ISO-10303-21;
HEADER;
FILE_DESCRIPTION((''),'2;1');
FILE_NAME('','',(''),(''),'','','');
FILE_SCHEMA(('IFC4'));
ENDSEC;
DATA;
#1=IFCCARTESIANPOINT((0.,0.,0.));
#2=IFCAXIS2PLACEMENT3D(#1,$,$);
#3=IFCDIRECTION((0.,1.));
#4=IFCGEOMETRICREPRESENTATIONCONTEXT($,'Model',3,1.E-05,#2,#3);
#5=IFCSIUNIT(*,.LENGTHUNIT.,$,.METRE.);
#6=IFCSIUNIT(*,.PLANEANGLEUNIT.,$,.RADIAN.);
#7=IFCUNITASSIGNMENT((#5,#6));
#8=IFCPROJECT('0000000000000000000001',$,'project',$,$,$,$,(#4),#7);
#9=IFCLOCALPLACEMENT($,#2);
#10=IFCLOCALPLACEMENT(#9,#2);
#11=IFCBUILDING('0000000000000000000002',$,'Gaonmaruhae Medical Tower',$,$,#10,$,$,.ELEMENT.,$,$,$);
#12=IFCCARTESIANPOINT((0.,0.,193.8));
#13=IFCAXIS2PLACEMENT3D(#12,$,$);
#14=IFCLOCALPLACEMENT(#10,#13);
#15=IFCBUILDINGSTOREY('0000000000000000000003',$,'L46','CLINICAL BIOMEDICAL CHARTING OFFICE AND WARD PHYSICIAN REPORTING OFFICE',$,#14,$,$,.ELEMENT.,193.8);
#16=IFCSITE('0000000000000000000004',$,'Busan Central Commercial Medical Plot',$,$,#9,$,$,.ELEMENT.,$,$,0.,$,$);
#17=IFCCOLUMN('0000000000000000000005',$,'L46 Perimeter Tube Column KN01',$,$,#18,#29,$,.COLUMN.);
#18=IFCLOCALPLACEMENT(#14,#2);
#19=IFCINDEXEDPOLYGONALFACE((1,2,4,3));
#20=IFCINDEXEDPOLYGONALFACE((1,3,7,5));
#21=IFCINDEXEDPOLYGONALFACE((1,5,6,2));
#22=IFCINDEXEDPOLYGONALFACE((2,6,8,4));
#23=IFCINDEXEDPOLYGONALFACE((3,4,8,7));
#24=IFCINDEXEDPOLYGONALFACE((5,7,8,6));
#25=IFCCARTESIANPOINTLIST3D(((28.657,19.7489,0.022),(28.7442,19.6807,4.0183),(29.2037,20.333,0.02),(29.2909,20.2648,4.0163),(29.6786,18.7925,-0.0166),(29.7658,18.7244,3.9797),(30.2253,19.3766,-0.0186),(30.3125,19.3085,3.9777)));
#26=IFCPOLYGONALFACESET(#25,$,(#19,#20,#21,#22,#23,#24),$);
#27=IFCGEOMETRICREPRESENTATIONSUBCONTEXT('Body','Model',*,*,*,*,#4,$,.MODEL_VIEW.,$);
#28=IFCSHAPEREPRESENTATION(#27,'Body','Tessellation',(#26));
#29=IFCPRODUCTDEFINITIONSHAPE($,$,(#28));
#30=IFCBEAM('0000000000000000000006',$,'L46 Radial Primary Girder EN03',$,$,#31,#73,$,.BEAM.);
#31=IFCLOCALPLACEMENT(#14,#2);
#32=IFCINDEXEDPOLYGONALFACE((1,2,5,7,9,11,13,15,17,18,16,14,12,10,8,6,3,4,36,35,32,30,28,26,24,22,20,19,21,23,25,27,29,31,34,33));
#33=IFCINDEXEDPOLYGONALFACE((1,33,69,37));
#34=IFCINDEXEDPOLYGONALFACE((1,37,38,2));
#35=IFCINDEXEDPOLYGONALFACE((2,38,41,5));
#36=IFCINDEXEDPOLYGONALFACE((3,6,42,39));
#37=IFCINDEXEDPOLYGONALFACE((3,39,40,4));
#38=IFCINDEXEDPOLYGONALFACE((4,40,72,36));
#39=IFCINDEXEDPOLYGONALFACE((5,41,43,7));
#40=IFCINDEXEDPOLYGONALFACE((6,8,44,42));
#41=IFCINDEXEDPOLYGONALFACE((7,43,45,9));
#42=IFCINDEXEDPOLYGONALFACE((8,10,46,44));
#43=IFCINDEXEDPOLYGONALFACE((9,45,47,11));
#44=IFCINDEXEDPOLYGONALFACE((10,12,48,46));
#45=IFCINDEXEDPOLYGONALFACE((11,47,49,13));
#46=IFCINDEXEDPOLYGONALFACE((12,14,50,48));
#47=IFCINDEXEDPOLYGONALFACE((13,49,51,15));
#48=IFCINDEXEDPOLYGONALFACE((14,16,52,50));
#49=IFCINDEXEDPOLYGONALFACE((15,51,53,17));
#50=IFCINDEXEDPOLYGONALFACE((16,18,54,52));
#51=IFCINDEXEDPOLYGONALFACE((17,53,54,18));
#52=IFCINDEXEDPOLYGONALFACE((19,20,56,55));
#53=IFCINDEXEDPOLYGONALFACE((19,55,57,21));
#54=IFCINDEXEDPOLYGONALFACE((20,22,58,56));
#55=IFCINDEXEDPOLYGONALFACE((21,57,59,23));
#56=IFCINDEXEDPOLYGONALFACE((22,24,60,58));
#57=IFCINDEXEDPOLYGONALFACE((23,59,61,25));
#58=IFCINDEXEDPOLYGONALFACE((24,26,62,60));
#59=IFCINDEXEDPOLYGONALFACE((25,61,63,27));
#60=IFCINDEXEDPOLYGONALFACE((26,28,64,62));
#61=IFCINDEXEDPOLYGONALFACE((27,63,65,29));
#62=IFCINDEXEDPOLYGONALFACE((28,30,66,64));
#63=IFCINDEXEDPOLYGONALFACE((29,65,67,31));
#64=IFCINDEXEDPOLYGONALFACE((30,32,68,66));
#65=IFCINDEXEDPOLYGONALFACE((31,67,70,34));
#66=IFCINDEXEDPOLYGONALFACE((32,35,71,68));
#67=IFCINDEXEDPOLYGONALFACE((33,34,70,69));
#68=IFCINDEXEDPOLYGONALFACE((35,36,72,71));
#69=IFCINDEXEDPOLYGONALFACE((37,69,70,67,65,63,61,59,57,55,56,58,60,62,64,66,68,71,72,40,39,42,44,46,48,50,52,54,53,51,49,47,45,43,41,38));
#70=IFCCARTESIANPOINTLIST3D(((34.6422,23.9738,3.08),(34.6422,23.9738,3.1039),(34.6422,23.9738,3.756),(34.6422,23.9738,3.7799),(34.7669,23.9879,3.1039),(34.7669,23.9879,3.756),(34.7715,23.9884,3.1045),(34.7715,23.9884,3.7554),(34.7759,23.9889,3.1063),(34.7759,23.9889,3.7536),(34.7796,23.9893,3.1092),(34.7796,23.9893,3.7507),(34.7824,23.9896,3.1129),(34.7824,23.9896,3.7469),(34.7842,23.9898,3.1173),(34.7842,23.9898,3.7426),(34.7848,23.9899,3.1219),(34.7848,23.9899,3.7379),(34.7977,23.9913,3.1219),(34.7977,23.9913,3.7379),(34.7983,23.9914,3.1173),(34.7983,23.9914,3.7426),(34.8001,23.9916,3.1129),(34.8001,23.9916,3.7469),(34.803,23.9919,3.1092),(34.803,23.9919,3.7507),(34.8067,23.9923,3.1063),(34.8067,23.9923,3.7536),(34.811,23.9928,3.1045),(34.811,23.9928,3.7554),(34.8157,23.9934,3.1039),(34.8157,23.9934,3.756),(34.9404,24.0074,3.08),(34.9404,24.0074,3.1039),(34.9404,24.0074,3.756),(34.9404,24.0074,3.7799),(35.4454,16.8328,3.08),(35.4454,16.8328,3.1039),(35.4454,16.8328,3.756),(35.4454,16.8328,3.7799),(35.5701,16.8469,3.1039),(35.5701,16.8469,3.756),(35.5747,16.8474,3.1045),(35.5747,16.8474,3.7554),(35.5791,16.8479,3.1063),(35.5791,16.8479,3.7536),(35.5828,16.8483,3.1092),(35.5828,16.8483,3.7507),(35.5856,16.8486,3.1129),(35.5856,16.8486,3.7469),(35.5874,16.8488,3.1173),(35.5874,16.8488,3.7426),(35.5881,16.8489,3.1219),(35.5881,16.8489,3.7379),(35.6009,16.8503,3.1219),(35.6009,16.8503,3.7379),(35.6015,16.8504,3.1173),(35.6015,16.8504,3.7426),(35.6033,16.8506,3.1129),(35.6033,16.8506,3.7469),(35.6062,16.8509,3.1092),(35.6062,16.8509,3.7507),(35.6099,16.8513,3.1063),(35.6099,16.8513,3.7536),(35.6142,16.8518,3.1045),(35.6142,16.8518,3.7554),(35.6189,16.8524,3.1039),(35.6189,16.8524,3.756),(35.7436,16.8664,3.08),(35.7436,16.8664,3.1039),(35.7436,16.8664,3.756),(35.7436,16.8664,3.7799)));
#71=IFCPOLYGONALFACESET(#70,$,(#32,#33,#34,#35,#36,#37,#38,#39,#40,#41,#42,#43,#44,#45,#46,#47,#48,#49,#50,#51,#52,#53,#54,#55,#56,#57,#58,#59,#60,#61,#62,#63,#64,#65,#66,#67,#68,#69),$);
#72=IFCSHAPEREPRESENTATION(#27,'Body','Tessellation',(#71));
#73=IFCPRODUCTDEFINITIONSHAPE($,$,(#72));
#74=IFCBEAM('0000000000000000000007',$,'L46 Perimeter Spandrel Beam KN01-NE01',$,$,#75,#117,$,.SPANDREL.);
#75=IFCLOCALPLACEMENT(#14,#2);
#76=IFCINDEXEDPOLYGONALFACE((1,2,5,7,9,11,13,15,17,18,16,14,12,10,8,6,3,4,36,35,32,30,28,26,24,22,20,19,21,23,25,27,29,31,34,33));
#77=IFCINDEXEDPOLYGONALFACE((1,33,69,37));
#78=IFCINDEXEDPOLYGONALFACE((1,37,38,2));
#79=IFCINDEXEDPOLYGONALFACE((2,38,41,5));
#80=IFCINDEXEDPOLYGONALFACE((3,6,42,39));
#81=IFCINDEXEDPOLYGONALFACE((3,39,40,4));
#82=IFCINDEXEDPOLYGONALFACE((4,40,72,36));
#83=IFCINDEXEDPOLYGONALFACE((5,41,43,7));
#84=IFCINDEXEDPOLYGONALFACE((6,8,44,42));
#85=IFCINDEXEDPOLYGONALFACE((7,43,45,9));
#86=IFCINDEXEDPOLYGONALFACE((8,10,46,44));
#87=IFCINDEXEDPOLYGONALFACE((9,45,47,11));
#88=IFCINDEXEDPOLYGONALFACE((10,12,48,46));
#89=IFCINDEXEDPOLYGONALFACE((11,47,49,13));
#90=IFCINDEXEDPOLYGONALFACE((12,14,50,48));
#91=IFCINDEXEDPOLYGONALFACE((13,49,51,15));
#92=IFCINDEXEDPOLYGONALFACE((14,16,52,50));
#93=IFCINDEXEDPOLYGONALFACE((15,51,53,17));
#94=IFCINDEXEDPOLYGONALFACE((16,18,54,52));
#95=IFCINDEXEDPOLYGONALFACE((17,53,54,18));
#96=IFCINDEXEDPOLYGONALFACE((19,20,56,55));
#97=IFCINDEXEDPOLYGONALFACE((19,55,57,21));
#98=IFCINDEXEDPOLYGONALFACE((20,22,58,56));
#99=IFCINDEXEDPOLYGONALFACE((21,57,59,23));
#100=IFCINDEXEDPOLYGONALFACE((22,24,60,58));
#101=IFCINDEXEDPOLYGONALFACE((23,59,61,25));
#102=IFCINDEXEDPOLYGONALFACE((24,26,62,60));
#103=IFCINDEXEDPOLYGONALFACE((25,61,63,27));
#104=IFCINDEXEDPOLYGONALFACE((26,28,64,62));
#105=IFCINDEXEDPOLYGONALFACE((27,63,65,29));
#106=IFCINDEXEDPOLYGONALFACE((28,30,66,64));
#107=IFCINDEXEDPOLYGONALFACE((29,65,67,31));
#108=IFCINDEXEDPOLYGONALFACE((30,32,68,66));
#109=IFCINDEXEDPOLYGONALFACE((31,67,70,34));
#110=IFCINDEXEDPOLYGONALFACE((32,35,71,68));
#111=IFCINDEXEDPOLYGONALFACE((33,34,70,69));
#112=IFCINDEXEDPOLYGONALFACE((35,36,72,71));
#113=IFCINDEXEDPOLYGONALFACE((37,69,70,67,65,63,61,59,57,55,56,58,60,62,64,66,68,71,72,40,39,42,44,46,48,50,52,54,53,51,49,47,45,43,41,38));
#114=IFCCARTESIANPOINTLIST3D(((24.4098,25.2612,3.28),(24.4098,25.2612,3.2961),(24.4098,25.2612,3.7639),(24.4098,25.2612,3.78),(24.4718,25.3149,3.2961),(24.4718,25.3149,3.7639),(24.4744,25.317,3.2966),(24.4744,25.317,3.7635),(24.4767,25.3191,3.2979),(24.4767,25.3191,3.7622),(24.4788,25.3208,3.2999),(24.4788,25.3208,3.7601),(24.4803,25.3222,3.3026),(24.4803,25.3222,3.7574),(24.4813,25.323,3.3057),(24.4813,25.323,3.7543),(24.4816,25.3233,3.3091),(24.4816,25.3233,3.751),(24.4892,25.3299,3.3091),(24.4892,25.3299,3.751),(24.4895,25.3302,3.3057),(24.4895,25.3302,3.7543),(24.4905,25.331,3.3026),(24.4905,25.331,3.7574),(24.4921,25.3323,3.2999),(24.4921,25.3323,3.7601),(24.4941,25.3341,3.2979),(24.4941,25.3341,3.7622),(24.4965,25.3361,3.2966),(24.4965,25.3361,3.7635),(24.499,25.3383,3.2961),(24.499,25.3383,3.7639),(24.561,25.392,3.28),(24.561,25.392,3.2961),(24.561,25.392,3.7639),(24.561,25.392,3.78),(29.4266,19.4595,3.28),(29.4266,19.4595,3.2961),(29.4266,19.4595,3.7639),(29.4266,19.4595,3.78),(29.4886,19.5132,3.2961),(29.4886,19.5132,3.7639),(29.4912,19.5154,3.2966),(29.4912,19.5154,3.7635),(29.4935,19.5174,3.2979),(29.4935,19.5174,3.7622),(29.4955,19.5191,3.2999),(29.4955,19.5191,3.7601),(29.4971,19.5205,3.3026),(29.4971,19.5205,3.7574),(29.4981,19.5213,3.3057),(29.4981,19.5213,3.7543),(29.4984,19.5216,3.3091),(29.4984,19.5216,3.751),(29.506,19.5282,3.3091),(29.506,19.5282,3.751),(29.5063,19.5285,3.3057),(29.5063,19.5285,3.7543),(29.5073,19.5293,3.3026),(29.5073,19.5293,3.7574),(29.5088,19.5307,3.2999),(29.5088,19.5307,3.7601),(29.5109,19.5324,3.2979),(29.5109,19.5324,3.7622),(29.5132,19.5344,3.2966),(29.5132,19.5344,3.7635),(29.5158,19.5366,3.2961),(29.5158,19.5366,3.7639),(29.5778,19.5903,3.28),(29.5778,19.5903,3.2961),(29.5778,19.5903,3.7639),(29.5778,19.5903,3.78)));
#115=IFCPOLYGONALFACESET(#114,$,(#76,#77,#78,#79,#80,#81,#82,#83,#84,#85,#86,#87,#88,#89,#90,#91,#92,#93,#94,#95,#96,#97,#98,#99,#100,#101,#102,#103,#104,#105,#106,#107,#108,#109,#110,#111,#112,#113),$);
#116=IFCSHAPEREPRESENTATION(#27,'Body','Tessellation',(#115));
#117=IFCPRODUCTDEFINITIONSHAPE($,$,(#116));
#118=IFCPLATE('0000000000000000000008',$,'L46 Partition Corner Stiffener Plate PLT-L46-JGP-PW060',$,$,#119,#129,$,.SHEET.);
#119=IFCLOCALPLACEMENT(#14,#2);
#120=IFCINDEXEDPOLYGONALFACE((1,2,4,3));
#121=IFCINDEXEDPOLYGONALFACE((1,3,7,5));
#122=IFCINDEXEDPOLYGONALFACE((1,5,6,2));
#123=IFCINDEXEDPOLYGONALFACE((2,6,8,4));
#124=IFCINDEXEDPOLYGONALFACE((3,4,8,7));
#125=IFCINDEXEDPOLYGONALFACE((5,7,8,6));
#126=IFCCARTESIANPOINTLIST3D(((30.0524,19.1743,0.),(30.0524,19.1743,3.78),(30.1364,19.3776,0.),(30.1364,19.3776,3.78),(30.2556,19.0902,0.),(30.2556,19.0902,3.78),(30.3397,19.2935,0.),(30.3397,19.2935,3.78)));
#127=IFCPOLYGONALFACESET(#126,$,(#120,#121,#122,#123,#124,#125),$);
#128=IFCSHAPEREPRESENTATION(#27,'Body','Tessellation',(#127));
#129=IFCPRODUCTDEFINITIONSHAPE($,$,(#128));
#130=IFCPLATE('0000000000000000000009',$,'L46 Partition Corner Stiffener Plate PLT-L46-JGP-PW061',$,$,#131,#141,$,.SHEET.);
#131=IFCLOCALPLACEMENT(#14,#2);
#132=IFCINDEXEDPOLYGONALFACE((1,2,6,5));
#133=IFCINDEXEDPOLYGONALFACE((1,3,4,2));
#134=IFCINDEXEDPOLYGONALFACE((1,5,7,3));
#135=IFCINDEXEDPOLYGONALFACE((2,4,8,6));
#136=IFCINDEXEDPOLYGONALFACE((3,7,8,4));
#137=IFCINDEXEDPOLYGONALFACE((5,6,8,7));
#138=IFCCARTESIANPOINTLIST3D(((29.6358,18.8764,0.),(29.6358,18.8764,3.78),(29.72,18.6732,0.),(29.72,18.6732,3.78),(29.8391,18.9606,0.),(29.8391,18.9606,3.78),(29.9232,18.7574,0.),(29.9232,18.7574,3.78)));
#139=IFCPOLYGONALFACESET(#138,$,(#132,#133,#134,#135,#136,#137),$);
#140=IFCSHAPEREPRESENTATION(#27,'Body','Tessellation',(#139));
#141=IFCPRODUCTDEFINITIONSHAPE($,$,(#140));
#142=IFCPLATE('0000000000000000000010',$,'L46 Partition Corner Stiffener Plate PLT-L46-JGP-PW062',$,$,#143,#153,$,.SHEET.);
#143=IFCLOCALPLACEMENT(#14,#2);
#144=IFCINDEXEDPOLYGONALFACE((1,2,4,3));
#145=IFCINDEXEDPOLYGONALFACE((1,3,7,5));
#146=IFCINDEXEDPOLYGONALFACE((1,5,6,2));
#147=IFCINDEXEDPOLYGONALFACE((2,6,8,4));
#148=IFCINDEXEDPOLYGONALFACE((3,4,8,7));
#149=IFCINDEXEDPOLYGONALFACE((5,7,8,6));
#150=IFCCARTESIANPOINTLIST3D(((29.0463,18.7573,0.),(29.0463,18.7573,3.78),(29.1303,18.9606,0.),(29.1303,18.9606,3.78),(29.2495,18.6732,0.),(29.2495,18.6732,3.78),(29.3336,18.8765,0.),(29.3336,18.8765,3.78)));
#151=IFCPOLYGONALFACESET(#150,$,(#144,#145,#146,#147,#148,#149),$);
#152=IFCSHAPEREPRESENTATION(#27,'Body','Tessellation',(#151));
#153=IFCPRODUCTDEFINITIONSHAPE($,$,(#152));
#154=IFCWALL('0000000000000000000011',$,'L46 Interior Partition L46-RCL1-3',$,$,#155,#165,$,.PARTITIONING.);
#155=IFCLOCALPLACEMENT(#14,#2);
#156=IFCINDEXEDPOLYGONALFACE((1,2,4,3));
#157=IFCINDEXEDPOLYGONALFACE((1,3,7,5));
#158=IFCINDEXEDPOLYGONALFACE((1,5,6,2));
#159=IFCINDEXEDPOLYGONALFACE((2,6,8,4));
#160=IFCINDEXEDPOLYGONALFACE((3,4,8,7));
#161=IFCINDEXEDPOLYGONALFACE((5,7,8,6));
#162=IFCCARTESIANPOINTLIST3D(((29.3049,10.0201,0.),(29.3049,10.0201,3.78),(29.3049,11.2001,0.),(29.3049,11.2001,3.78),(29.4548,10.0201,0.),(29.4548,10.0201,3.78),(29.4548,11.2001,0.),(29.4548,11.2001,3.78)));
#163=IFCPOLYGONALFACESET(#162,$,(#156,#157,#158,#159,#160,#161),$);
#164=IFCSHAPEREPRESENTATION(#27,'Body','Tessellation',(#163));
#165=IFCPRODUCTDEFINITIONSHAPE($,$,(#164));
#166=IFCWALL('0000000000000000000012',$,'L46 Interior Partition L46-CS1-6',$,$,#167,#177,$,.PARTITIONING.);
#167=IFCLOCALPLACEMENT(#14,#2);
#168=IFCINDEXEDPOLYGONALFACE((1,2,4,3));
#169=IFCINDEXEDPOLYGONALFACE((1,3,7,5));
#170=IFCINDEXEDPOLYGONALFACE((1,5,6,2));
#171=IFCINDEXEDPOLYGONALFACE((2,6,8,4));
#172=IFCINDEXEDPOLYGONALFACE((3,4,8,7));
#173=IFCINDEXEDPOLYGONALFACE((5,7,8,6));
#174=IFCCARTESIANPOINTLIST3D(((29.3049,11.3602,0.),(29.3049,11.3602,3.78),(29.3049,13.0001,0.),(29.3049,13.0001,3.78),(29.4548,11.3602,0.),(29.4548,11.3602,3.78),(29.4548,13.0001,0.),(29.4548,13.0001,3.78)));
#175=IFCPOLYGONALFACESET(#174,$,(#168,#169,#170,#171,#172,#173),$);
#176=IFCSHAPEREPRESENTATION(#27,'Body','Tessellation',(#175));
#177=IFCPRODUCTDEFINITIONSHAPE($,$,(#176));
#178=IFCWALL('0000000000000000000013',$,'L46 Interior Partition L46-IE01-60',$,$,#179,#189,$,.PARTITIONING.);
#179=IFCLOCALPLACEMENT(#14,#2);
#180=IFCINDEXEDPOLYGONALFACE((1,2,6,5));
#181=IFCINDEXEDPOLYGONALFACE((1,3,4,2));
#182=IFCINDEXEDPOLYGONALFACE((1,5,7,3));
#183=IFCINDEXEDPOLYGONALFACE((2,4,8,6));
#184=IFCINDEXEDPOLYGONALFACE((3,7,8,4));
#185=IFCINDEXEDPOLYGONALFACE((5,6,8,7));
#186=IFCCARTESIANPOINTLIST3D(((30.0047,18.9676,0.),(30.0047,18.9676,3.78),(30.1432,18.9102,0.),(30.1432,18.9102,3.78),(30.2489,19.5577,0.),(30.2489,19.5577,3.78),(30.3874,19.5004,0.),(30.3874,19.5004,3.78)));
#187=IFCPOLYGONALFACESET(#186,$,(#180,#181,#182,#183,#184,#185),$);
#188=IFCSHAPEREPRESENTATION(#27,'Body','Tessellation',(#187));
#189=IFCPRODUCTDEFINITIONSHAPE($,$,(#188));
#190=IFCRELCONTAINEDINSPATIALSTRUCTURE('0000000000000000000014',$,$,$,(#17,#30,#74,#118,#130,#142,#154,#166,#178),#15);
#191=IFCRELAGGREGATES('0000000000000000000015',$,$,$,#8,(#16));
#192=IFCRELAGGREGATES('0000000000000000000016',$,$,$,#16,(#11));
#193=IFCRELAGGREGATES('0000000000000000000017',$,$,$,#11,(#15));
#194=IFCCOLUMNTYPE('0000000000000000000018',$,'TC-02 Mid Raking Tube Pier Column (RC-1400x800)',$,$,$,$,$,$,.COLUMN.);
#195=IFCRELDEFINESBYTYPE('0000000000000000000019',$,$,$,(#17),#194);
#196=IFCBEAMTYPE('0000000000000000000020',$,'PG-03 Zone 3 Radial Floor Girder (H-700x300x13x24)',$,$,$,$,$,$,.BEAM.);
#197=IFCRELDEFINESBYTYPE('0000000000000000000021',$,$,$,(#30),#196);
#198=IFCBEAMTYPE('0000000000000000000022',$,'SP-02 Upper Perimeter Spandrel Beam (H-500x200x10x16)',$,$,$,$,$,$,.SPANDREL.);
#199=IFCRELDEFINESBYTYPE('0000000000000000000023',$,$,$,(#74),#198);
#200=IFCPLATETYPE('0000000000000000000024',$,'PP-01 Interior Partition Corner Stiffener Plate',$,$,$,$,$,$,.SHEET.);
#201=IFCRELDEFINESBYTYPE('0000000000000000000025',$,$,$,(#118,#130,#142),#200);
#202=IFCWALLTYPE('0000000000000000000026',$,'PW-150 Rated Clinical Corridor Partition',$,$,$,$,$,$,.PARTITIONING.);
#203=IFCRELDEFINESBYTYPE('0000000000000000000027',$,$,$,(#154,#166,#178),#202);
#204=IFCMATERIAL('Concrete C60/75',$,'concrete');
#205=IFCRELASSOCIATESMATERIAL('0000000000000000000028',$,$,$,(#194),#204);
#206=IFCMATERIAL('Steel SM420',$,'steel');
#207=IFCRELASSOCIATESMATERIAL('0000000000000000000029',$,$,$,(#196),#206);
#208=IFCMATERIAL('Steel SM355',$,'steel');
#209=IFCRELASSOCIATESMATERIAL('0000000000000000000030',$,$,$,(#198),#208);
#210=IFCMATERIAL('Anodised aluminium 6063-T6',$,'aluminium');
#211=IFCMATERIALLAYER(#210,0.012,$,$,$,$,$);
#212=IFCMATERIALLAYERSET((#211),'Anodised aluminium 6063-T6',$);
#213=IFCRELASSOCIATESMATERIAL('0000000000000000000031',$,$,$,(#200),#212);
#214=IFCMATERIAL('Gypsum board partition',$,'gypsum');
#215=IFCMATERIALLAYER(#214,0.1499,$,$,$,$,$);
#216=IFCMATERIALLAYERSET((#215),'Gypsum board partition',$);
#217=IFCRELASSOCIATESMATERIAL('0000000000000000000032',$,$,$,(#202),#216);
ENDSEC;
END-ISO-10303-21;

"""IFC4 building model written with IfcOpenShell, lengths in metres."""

from ifc_helpers import new_model, si_unit, direction, frame, frame_2d, origin, origin_2d, place, context, subcontext, project, spatial, rectangle, i_section, extrude, material, layer, layer_set, material_profile, profile_set, type_object, element, save


model = new_model("IFC4")

# Units and contexts
model_context = context("Model", 3, precision=1e-05, world=origin(), true_north=direction((0.0, 1.0)))
body_context = subcontext(model_context, "Body", "Model", "MODEL_VIEW")
ifc_project = project(units=[si_unit("LENGTHUNIT", "METRE"), si_unit("PLANEANGLEUNIT", "RADIAN")], contexts=[model_context])

# Site, building, storey
site_placement = place(None, origin())
site = spatial("IfcSite", under=ifc_project, at=site_placement, Name="Busan Central Commercial Medical Plot", CompositionType="ELEMENT", RefElevation=0.0)
building_placement = place(site_placement, origin())
building = spatial("IfcBuilding", under=site, at=building_placement, Name="Gaonmaruhae Medical Tower", CompositionType="ELEMENT")
storey_placement = place(building_placement, frame((0.0, 0.0, 193.8)))
storey = spatial("IfcBuildingStorey", under=building, at=storey_placement, Name="L46", Description="CLINICAL BIOMEDICAL CHARTING OFFICE AND WARD PHYSICIAN REPORTING OFFICE", CompositionType="ELEMENT", Elevation=193.8)

# Column
ifc_material_1 = material(Name="Concrete C60/75", Category="concrete")
ifc_material_profile_1 = material_profile(ifc_material_1, rectangle(XDim=1.3999, YDim=0.8, at=origin_2d()), Name="RC-1400x800")
ifc_profile_set_1 = profile_set([ifc_material_profile_1], Name="Concrete C60/75")
column_type = type_object("IfcColumnType", Name="TC-02 Mid Raking Tube Pier Column (RC-1400x800)", PredefinedType="COLUMN", material=ifc_profile_set_1)
column_placement = place(storey_placement, frame((29.4412, 19.5627, 0.0017), z_axis=(0.021801, -0.017038, 0.999617), x_axis=(-0.729766, 0.683142, 0.02756)))
element("IfcColumn", 1, at=column_placement, inside=storey, type_object=column_type, Name="L46 Perimeter Tube Column KN01", PredefinedType="COLUMN", context=body_context, shape_type="SweptSolid", body=[
    extrude(rectangle(XDim=1.3999, YDim=0.8, at=origin_2d()), origin(), (0.0, 0.0, 1.0), 3.9978),
])

# Beams
ifc_material_2 = material(Name="Steel SM420", Category="steel")
ifc_material_profile_2 = material_profile(ifc_material_2, i_section(OverallWidth=0.3, OverallDepth=0.7, WebThickness=0.0129, FlangeThickness=0.0239, FilletRadius=0.0181, at=origin_2d()), Name="H-700x300x13x24")
ifc_profile_set_2 = profile_set([ifc_material_profile_2], Name="Steel SM420")
beam_type_1 = type_object("IfcBeamType", Name="PG-03 Zone 3 Radial Floor Girder (H-700x300x13x24)", PredefinedType="BEAM", material=ifc_profile_set_2)
beam_1_placement = place(storey_placement, frame((35.5945, 16.8496, 3.4299), z_axis=(-0.111774, 0.993734, 0.0), x_axis=(-0.993734, -0.111774, 0.0)))
element("IfcBeam", 2, at=beam_1_placement, inside=storey, type_object=beam_type_1, Name="L46 Radial Primary Girder EN03", PredefinedType="BEAM", context=body_context, shape_type="SweptSolid", body=[
    extrude(i_section(OverallWidth=0.3, OverallDepth=0.7, WebThickness=0.0129, FlangeThickness=0.0239, FilletRadius=0.0181, at=origin_2d()), origin(), (0.0, 0.0, 1.0), 7.186),
])
ifc_material_3 = material(Name="Steel SM355", Category="steel")
ifc_material_profile_3 = material_profile(ifc_material_3, i_section(OverallWidth=0.2, OverallDepth=0.5, WebThickness=0.01, FlangeThickness=0.0161, FilletRadius=0.0129, at=origin_2d()), Name="H-500x200x10x16")
ifc_profile_set_3 = profile_set([ifc_material_profile_3], Name="Steel SM355")
beam_type_2 = type_object("IfcBeamType", Name="SP-02 Upper Perimeter Spandrel Beam (H-500x200x10x16)", PredefinedType="SPANDREL", material=ifc_profile_set_3)
beam_2_placement = place(storey_placement, frame((29.5022, 19.5249, 3.53), z_axis=(-0.654085, 0.756421, 0.0), x_axis=(-0.756421, -0.654085, 0.0)))
element("IfcBeam", 3, at=beam_2_placement, inside=storey, type_object=beam_type_2, Name="L46 Perimeter Spandrel Beam KN01-NE01", PredefinedType="SPANDREL", context=body_context, shape_type="SweptSolid", body=[
    extrude(i_section(OverallWidth=0.2, OverallDepth=0.5, WebThickness=0.01, FlangeThickness=0.0161, FilletRadius=0.0129, at=origin_2d()), origin(), (0.0, 0.0, 1.0), 7.6699),
])

# Plates
ifc_material_4 = material(Name="Anodised aluminium 6063-T6", Category="aluminium")
ifc_layer_1 = layer(ifc_material_4, 0.012)
ifc_layer_set_1 = layer_set([ifc_layer_1], Name="Anodised aluminium 6063-T6")
plate_type = type_object("IfcPlateType", Name="PP-01 Interior Partition Corner Stiffener Plate", PredefinedType="SHEET", material=ifc_layer_set_1)
for number, where, z_axis, x_axis, name in (
    (4, (30.196, 19.2339, 0.0), (0.0, 0.0, 1.0), (-0.382167, -0.924093, 0.0), "L46 Partition Corner Stiffener Plate PLT-L46-JGP-PW060"),
    (5, (29.7795, 18.8169, 0.0), (0.0, 0.0, 1.0), (-0.923866, -0.382716, 0.0), "L46 Partition Corner Stiffener Plate PLT-L46-JGP-PW061"),
    (6, (29.1899, 18.8169, 0.0), (0.0, 0.0, 1.0), (-0.924093, 0.382167, 0.0), "L46 Partition Corner Stiffener Plate PLT-L46-JGP-PW062"),
):
    element("IfcPlate", number, at=place(storey_placement, frame(where, z_axis=z_axis, x_axis=x_axis)), inside=storey, type_object=plate_type, Name=name, PredefinedType="SHEET", context=body_context, shape_type="SweptSolid", body=[
        extrude(rectangle(XDim=0.22, YDim=0.22, at=origin_2d()), origin(), (0.0, 0.0, 1.0), 3.78),
    ])

# Walls
ifc_material_5 = material(Name="Gypsum board partition", Category="gypsum")
ifc_layer_2 = layer(ifc_material_5, 0.1499)
ifc_layer_set_2 = layer_set([ifc_layer_2], Name="Gypsum board partition")
wall_type_1 = type_object("IfcWallType", Name="PW-150 Rated Clinical Corridor Partition", PredefinedType="PARTITIONING", material=ifc_layer_set_2)
wall_1_placement = place(storey_placement, frame((29.3799, 11.2, 0.0), z_axis=(0.0, 0.0, 1.0), x_axis=(0.0, -1.0, 0.0)))
element("IfcWall", 7, at=wall_1_placement, inside=storey, type_object=wall_type_1, Name="L46 Interior Partition L46-RCL1-3", PredefinedType="PARTITIONING", context=body_context, shape_type="SweptSolid", body=[
    extrude(rectangle(XDim=1.1799, YDim=0.1499, at=frame_2d((0.5898, 0.0))), origin(), (0.0, 0.0, 1.0), 3.78),
])
wall_2_placement = place(storey_placement, frame((29.3799, 13.0, 0.0), z_axis=(0.0, 0.0, 1.0), x_axis=(0.0, -1.0, 0.0)))
element("IfcWall", 8, at=wall_2_placement, inside=storey, type_object=wall_type_1, Name="L46 Interior Partition L46-CS1-6", PredefinedType="PARTITIONING", context=body_context, shape_type="SweptSolid", body=[
    extrude(rectangle(XDim=1.6399, YDim=0.1499, at=frame_2d((0.8198, 0.0))), origin(), (0.0, 0.0, 1.0), 3.78),
])
wall_3_placement = place(storey_placement, frame((30.3181, 19.5291, 0.0), z_axis=(0.0, 0.0, 1.0), x_axis=(-0.382307, -0.924035, 0.0)))
element("IfcWall", 9, at=wall_3_placement, inside=storey, type_object=wall_type_1, Name="L46 Interior Partition L46-IE01-60", PredefinedType="PARTITIONING", context=body_context, shape_type="SweptSolid", body=[
    extrude(rectangle(XDim=0.6387, YDim=0.1499, at=frame_2d((0.3193, 0.0))), origin(), (0.0, 0.0, 1.0), 3.78),
])

save(model, "model.ifc")
